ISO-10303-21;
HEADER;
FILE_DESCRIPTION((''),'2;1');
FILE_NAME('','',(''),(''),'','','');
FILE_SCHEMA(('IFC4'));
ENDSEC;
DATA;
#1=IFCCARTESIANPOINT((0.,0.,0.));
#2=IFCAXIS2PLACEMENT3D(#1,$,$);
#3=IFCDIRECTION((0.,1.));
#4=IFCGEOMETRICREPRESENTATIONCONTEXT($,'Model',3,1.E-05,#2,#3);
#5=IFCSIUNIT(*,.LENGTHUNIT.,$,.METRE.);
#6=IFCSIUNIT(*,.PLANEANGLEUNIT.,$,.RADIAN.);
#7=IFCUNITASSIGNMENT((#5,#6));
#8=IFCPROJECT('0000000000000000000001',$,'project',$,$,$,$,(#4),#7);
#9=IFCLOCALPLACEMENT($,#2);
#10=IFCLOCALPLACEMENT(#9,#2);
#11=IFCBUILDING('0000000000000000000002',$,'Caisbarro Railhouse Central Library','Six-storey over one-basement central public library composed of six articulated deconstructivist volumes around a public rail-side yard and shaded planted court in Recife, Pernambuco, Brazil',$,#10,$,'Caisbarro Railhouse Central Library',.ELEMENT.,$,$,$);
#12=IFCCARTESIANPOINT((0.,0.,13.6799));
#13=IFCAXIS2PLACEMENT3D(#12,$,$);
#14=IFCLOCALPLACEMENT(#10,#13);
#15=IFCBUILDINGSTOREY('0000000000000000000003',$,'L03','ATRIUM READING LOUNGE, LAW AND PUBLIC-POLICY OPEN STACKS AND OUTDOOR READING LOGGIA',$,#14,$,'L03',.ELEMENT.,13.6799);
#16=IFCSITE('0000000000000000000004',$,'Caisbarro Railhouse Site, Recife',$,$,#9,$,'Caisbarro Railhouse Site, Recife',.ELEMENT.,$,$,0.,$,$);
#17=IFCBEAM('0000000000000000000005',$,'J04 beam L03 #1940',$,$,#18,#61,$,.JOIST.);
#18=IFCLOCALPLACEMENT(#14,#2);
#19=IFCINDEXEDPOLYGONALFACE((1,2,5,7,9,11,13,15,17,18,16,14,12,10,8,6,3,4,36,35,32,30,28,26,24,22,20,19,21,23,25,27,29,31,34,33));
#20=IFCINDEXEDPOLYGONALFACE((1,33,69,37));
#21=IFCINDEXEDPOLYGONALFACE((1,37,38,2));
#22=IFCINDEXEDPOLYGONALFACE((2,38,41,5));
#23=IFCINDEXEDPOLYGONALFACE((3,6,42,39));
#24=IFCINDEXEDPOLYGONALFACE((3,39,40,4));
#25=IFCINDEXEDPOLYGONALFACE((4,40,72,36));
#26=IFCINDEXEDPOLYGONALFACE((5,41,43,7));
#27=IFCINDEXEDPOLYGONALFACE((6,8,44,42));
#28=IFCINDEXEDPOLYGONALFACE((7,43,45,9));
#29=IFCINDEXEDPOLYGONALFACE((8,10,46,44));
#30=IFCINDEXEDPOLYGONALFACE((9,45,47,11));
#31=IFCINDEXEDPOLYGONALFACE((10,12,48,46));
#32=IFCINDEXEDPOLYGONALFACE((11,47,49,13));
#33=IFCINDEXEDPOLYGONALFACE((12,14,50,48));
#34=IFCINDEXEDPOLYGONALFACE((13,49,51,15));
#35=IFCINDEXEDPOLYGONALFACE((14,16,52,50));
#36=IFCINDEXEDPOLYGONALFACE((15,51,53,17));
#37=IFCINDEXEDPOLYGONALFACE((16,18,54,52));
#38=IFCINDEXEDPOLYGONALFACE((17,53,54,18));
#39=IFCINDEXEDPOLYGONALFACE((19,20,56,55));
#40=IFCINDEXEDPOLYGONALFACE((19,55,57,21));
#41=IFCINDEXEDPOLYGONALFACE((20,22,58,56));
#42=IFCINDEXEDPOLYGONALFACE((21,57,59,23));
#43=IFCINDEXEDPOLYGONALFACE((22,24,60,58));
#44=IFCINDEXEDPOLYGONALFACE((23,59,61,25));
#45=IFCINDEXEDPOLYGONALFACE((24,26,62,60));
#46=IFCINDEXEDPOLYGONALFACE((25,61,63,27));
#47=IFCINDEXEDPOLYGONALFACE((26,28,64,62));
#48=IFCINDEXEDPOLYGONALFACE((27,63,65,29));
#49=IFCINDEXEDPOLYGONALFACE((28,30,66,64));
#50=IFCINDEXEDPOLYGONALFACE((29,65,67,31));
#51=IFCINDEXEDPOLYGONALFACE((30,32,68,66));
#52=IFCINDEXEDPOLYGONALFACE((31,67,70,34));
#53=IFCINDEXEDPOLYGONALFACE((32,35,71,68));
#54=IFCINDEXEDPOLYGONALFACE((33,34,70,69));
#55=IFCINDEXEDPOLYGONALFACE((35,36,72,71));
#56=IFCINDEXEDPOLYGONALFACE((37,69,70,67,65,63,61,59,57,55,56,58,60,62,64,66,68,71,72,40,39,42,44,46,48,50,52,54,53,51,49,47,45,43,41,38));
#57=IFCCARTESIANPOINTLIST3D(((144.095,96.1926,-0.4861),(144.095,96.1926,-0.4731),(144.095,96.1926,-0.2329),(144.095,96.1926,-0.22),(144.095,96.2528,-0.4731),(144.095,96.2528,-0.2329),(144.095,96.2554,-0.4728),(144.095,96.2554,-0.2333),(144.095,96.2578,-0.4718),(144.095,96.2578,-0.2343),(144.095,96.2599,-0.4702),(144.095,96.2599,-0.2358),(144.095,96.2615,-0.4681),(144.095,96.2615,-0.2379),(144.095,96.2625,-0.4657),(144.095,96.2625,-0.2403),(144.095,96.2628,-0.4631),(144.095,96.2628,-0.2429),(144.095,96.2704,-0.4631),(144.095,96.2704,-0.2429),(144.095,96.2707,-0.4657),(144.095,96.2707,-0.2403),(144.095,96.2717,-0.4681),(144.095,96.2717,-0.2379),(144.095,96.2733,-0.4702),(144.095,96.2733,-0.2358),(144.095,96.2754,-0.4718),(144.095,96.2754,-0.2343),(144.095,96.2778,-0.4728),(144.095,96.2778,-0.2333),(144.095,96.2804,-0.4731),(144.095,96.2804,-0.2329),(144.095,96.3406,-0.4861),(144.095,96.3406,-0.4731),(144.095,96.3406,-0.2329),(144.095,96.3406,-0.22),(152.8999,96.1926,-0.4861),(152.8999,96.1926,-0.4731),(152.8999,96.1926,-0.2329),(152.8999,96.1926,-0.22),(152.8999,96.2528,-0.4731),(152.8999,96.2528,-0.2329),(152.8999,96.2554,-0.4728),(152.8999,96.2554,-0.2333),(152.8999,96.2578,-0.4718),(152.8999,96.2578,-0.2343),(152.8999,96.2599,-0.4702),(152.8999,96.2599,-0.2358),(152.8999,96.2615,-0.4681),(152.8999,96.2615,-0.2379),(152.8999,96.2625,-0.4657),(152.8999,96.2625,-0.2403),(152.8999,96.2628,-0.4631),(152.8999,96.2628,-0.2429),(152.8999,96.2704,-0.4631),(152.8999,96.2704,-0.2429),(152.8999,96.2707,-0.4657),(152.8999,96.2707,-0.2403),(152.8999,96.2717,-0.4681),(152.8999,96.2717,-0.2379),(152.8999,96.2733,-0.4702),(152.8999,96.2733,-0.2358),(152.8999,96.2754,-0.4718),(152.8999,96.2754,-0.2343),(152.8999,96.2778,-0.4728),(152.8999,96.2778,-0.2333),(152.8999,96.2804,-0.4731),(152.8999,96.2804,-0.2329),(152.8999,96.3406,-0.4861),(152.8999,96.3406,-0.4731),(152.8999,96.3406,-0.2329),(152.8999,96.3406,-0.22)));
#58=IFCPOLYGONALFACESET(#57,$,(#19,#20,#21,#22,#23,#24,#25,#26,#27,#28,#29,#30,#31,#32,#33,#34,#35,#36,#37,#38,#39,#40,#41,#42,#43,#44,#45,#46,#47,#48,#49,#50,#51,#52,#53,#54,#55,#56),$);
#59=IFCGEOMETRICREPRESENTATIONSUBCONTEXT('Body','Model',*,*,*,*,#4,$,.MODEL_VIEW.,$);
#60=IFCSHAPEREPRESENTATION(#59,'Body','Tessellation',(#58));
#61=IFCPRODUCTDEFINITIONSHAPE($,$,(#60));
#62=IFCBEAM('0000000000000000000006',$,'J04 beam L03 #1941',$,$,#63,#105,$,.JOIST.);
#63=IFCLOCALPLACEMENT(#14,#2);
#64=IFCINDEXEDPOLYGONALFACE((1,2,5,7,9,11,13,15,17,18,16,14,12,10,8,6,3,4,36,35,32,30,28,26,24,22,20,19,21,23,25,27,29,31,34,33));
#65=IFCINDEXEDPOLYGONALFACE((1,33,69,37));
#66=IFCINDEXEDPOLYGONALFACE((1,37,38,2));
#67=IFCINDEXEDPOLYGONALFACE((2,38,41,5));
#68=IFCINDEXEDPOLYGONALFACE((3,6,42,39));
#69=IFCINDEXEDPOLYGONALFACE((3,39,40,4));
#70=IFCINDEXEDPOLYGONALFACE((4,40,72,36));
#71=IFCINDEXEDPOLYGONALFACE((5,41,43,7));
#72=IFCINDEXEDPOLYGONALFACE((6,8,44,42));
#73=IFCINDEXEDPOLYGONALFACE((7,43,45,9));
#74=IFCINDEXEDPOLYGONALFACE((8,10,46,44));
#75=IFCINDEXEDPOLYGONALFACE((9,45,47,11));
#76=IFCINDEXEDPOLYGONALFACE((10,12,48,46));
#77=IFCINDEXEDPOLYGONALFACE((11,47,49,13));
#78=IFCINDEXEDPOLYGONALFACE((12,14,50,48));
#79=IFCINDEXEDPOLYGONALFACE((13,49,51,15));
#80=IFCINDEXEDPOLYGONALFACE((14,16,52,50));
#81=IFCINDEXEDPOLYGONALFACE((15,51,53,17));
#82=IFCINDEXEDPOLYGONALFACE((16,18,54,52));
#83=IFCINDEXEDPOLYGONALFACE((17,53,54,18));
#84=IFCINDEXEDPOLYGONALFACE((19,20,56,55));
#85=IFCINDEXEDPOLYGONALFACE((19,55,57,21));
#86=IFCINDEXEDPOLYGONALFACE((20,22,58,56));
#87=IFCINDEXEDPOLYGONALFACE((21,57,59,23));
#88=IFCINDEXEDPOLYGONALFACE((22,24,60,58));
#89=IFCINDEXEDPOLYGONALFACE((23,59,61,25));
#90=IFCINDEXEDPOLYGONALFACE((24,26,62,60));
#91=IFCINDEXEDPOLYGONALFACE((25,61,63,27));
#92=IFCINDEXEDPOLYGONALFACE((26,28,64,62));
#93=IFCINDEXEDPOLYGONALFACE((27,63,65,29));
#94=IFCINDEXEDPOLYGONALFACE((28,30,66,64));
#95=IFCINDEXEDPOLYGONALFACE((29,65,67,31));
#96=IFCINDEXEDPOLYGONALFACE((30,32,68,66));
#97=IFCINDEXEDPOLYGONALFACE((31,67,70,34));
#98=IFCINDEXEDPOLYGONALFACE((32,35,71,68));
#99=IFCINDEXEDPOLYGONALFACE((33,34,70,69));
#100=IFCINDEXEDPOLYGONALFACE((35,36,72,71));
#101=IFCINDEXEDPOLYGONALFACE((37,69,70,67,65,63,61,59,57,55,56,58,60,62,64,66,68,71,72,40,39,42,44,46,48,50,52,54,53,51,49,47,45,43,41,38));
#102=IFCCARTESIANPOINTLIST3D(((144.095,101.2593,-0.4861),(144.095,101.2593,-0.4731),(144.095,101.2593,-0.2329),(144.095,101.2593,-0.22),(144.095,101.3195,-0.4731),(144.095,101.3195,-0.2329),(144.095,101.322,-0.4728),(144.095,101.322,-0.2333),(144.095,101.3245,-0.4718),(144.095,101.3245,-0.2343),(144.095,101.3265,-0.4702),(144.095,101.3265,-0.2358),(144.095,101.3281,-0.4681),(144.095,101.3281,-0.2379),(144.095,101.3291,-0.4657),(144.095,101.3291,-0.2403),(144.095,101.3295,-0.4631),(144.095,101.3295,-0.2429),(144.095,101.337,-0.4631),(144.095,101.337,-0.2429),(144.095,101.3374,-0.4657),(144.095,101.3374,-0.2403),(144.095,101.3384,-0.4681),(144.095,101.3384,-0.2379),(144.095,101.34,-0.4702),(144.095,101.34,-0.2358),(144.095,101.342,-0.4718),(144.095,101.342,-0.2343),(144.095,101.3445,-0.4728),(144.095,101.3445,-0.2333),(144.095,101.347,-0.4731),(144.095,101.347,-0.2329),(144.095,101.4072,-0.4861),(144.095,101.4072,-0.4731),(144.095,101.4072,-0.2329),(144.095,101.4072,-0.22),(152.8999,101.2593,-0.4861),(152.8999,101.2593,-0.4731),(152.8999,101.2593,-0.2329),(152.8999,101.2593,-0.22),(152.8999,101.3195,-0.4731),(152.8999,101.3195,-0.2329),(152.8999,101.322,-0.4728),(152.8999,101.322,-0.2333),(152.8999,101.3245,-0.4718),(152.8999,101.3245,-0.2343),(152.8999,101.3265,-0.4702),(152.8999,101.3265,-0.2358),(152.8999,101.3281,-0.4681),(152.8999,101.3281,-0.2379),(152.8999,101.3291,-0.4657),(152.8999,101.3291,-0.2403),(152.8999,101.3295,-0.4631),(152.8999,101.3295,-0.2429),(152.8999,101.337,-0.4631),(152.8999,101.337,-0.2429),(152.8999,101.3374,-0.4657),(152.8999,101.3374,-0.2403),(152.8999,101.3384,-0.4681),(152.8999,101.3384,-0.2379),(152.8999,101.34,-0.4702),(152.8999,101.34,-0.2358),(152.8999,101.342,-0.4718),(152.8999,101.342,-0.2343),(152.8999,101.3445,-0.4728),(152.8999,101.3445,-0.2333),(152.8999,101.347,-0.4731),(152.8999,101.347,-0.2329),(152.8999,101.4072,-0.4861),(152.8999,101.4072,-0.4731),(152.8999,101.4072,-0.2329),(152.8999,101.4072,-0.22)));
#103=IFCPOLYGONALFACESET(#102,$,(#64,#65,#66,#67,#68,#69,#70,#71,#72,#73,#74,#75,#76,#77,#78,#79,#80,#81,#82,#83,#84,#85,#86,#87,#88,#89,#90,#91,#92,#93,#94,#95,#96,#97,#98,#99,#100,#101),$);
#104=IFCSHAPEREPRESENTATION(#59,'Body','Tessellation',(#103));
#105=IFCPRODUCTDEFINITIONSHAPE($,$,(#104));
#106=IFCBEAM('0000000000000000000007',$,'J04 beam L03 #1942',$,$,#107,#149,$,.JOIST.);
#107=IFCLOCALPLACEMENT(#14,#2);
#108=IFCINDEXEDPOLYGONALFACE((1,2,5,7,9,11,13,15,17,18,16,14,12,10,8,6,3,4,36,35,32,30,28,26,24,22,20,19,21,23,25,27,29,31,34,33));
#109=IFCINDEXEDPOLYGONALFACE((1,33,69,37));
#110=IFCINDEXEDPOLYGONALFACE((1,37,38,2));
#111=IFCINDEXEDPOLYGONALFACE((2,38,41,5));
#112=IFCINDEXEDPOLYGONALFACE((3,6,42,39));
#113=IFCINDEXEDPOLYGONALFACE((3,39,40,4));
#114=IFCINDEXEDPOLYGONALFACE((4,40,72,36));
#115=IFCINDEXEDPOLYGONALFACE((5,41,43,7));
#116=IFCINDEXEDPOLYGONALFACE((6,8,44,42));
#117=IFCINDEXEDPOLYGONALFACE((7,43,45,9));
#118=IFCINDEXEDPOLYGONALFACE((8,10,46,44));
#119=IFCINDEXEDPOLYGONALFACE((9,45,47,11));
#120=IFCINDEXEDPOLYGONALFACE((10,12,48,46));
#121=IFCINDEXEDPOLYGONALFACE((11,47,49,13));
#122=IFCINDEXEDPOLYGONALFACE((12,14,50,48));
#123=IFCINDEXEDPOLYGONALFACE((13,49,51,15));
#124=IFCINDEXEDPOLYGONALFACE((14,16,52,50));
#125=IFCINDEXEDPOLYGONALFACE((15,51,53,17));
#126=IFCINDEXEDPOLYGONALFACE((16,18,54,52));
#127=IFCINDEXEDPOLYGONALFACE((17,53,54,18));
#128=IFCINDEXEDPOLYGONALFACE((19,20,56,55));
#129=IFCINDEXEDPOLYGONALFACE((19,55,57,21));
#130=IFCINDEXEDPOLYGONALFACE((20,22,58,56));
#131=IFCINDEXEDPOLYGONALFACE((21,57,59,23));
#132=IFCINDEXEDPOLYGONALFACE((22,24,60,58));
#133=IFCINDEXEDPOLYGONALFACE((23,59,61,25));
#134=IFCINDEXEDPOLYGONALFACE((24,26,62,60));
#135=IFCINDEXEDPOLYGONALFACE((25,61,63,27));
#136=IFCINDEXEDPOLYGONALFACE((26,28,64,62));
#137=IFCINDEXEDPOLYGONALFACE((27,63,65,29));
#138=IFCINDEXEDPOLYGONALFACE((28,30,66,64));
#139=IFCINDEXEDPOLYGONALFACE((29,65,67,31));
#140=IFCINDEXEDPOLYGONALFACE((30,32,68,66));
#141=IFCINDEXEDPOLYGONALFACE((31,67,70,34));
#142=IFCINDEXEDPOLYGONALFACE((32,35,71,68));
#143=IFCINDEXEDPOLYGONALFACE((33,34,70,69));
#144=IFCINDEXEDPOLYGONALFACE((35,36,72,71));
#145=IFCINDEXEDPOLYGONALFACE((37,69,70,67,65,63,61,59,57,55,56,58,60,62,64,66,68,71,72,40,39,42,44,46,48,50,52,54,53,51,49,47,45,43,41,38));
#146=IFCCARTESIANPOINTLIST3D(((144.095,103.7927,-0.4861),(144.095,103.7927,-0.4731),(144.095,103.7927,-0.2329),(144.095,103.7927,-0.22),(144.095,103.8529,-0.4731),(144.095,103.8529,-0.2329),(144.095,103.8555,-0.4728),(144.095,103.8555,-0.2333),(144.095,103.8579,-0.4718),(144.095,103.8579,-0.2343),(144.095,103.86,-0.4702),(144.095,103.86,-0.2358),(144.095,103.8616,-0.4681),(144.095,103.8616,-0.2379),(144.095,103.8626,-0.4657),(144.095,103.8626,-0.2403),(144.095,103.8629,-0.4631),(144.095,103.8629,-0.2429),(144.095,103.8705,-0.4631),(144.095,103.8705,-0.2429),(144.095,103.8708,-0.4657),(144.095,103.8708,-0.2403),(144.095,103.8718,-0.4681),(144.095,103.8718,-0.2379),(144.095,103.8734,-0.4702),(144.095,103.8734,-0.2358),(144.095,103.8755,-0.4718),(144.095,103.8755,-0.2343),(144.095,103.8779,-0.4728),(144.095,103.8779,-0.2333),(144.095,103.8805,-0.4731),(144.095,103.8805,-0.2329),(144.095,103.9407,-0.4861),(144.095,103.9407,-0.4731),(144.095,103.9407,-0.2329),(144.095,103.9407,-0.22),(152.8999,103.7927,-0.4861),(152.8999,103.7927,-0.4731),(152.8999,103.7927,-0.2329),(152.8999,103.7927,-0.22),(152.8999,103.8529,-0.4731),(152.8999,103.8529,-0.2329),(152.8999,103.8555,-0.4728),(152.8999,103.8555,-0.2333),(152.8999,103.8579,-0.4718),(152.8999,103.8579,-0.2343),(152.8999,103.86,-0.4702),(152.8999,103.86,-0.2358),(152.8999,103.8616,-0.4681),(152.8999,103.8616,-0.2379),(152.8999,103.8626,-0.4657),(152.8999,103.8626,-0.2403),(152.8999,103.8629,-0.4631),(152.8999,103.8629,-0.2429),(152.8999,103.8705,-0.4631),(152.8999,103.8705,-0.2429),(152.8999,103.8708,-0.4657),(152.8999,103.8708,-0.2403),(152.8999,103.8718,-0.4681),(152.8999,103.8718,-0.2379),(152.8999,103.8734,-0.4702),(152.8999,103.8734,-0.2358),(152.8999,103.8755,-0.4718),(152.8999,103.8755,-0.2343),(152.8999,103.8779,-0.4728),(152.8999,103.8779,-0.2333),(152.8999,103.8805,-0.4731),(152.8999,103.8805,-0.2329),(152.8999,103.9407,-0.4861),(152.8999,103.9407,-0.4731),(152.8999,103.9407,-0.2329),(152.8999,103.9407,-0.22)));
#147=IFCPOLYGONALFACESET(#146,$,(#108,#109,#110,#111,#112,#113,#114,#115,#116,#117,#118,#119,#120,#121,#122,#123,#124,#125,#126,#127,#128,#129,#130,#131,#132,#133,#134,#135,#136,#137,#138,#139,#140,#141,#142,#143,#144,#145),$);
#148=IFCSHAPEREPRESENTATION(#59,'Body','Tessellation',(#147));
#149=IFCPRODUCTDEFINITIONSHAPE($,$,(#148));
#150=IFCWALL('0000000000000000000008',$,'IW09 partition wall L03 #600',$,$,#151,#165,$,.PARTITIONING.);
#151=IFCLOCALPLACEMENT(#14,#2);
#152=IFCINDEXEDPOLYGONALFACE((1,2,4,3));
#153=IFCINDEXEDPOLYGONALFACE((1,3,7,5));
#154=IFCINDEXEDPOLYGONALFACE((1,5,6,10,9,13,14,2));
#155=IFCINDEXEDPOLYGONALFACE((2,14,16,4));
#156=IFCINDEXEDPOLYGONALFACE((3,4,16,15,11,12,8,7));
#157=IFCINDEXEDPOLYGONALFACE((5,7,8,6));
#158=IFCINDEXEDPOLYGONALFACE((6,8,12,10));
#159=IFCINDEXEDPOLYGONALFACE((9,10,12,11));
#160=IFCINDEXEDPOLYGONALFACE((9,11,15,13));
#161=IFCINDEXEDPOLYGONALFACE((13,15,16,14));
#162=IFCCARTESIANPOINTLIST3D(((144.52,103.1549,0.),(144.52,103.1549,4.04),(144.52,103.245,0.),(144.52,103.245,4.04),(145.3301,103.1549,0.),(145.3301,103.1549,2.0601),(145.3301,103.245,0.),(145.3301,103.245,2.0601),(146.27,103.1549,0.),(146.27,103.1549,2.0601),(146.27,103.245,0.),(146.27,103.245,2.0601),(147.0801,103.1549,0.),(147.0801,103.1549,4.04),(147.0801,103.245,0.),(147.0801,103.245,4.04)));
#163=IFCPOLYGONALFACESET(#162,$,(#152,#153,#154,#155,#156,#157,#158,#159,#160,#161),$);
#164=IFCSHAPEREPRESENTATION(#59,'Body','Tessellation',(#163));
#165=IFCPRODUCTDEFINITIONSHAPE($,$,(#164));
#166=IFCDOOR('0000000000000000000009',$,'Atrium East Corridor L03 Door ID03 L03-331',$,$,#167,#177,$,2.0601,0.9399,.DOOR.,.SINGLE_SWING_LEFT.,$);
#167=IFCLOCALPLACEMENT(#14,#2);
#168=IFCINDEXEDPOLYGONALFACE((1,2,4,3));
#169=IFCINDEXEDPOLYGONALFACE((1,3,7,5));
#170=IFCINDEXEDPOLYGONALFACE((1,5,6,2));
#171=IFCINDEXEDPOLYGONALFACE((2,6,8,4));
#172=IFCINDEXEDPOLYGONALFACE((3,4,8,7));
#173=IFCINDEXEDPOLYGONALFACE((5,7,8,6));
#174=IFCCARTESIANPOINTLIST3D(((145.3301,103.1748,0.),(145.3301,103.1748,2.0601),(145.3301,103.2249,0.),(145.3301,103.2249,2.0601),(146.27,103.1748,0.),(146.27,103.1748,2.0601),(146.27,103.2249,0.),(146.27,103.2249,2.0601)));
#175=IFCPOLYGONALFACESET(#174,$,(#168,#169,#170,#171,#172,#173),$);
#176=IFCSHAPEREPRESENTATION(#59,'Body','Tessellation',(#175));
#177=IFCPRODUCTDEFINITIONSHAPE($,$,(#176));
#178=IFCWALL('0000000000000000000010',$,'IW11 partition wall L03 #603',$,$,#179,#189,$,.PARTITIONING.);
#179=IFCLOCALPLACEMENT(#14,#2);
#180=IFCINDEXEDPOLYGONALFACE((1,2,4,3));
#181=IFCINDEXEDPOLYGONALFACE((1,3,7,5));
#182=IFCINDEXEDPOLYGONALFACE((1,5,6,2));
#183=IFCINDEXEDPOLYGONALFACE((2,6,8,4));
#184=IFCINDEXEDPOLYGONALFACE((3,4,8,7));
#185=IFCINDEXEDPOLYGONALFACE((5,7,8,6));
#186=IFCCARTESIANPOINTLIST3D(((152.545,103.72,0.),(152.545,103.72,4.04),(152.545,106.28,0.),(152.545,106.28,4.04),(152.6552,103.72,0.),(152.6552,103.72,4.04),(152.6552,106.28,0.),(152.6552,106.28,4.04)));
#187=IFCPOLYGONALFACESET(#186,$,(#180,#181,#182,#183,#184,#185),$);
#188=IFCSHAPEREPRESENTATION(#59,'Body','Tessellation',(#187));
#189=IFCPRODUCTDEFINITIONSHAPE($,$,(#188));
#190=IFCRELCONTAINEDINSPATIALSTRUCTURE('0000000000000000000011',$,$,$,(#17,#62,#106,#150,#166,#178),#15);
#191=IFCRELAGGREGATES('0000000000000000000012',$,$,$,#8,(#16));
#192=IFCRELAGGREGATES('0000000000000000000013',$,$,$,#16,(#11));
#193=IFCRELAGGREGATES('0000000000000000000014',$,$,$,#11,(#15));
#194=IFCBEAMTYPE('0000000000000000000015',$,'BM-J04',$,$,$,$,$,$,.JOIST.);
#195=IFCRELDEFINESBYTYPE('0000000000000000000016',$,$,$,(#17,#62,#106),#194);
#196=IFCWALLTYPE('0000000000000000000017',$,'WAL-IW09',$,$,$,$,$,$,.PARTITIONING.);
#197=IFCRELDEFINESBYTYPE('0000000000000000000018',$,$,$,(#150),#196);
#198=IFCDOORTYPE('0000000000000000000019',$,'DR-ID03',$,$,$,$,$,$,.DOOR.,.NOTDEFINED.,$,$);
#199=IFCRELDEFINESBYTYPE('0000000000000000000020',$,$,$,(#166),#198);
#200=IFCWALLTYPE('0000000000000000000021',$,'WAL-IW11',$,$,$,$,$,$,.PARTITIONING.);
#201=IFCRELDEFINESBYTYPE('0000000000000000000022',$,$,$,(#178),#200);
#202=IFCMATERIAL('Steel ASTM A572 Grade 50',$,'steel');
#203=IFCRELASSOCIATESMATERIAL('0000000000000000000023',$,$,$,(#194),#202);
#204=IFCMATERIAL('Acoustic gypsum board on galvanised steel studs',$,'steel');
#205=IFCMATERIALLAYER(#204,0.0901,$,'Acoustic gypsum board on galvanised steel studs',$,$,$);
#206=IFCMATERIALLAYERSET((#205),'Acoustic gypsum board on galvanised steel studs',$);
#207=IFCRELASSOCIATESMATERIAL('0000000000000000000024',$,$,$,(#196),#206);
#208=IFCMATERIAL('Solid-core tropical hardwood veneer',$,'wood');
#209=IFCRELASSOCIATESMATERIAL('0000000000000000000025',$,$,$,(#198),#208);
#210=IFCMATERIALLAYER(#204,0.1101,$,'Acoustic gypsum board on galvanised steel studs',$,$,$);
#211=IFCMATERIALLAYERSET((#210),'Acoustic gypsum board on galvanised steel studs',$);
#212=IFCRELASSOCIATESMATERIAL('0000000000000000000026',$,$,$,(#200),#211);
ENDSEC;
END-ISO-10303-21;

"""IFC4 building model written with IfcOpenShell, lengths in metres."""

from ifc_helpers import new_model, si_unit, direction, frame, frame_2d, origin, origin_2d, place, context, subcontext, project, spatial, rectangle, i_section, extrude, material, layer, layer_set, material_profile, profile_set, type_object, element, fill, save


model = new_model("IFC4")

# Units and contexts
model_context = context("Model", 3, precision=1e-05, world=origin(), true_north=direction((0.0, 1.0)))
body_context = subcontext(model_context, "Body", "Model", "MODEL_VIEW")
ifc_project = project(units=[si_unit("LENGTHUNIT", "METRE"), si_unit("PLANEANGLEUNIT", "RADIAN")], contexts=[model_context])

# Site, building, storey
site_placement = place(None, origin())
site = spatial("IfcSite", under=ifc_project, at=site_placement, Name="Caisbarro Railhouse Site, Recife", LongName="Caisbarro Railhouse Site, Recife", CompositionType="ELEMENT", RefElevation=0.0)
building_placement = place(site_placement, origin())
building = spatial("IfcBuilding", under=site, at=building_placement, Name="Caisbarro Railhouse Central Library", Description="Six-storey over one-basement central public library composed of six articulated deconstructivist volumes around a public rail-side yard and shaded planted court in Recife, Pernambuco, Brazil", LongName="Caisbarro Railhouse Central Library", CompositionType="ELEMENT")
storey_placement = place(building_placement, frame((0.0, 0.0, 13.6799)))
storey = spatial("IfcBuildingStorey", under=building, at=storey_placement, Name="L03", Description="ATRIUM READING LOUNGE, LAW AND PUBLIC-POLICY OPEN STACKS AND OUTDOOR READING LOGGIA", LongName="L03", CompositionType="ELEMENT", Elevation=13.6799)

# Shared definitions
ifc_material_1 = material(Name="Steel ASTM A572 Grade 50", Category="steel")

# Beams
ifc_material_profile_1 = material_profile(ifc_material_1, i_section(OverallWidth=0.1479, OverallDepth=0.2661, WebThickness=0.0076, FlangeThickness=0.0129, FilletRadius=0.01, at=origin_2d()), Name="W250X44.8")
ifc_profile_set_1 = profile_set([ifc_material_profile_1], Name="Steel ASTM A572 Grade 50")
beam_type_1 = type_object("IfcBeamType", Name="BM-J04", PredefinedType="JOIST", material=ifc_profile_set_1)
for number, where, z_axis, x_axis, name in (
    (1, (144.095, 96.2666, -0.353), (1.0, 0.0, 0.0), (0.0, 1.0, 0.0), "J04 beam L03 #1940"),
    (2, (144.095, 101.3333, -0.353), (1.0, 0.0, 0.0), (0.0, 1.0, 0.0), "J04 beam L03 #1941"),
    (3, (144.095, 103.8667, -0.353), (1.0, 0.0, 0.0), (0.0, 1.0, 0.0), "J04 beam L03 #1942"),
):
    element("IfcBeam", number, at=place(storey_placement, frame(where, z_axis=z_axis, x_axis=x_axis)), inside=storey, type_object=beam_type_1, Name=name, PredefinedType="JOIST", context=body_context, shape_type="SweptSolid", body=[
        extrude(i_section(OverallWidth=0.1479, OverallDepth=0.2661, WebThickness=0.0076, FlangeThickness=0.0129, FilletRadius=0.01, at=origin_2d()), origin(), (0.0, 0.0, 1.0), 8.8049),
    ])

# Wall, opening, door
ifc_material_2 = material(Name="Acoustic gypsum board on galvanised steel studs", Category="steel")
ifc_layer_1 = layer(ifc_material_2, 0.0901, Name="Acoustic gypsum board on galvanised steel studs")
ifc_layer_set_1 = layer_set([ifc_layer_1], Name="Acoustic gypsum board on galvanised steel studs")
wall_type_1 = type_object("IfcWallType", Name="WAL-IW09", PredefinedType="PARTITIONING", material=ifc_layer_set_1)
wall_1_placement = place(storey_placement, frame((144.52, 103.2, 0.0), z_axis=(0.0, 0.0, 1.0), x_axis=(1.0, 0.0, 0.0)))
wall_1 = element("IfcWall", 4, at=wall_1_placement, inside=storey, type_object=wall_type_1, Name="IW09 partition wall L03 #600", PredefinedType="PARTITIONING", context=body_context, shape_type="SweptSolid", body=[
    extrude(rectangle(XDim=2.5601, YDim=0.0901, at=frame_2d((1.28, 0.0))), origin(), (0.0, 0.0, 1.0), 4.04),
])
opening_1_placement = place(wall_1_placement, frame((0.8101, 0.0, 0.0)))
opening_1 = element("IfcOpeningElement", 5, at=opening_1_placement, cuts=wall_1, PredefinedType="OPENING", context=body_context, shape_type="SweptSolid", body=[
    extrude(rectangle(XDim=0.9399, YDim=2.0601, at=frame_2d((0.47, 1.03))), frame((0.0, 0.0552, 0.0), z_axis=(0.0, -1.0, 0.0), x_axis=(1.0, 0.0, 0.0)), (0.0, 0.0, 1.0), 0.1101),
])
ifc_material_3 = material(Name="Solid-core tropical hardwood veneer", Category="wood")
door_type_1 = type_object("IfcDoorType", Name="DR-ID03", OperationType="NOTDEFINED", PredefinedType="DOOR", material=ifc_material_3)
door_1_placement = place(opening_1_placement, origin())
door_1 = element("IfcDoor", 6, at=door_1_placement, inside=storey, type_object=door_type_1, Name="Atrium East Corridor L03 Door ID03 L03-331", OperationType="SINGLE_SWING_LEFT", OverallHeight=2.0601, OverallWidth=0.9399, PredefinedType="DOOR", context=body_context, shape_type="SweptSolid", body=[
    extrude(rectangle(XDim=0.9399, YDim=2.0601, at=frame_2d((0.47, 1.03))), frame((0.0, 0.0249, 0.0), z_axis=(0.0, -1.0, 0.0), x_axis=(1.0, 0.0, 0.0)), (0.0, 0.0, 1.0), 0.05),
])
fill(opening_1, door_1)

# Wall
ifc_layer_2 = layer(ifc_material_2, 0.1101, Name="Acoustic gypsum board on galvanised steel studs")
ifc_layer_set_2 = layer_set([ifc_layer_2], Name="Acoustic gypsum board on galvanised steel studs")
wall_type_2 = type_object("IfcWallType", Name="WAL-IW11", PredefinedType="PARTITIONING", material=ifc_layer_set_2)
wall_2_placement = place(storey_placement, frame((152.6001, 103.72, 0.0), z_axis=(0.0, 0.0, 1.0), x_axis=(0.0, 1.0, 0.0)))
element("IfcWall", 7, at=wall_2_placement, inside=storey, type_object=wall_type_2, Name="IW11 partition wall L03 #603", PredefinedType="PARTITIONING", context=body_context, shape_type="SweptSolid", body=[
    extrude(rectangle(XDim=2.5601, YDim=0.1101, at=frame_2d((1.28, 0.0))), origin(), (0.0, 0.0, 1.0), 4.04),
])

save(model, "model.ifc")
